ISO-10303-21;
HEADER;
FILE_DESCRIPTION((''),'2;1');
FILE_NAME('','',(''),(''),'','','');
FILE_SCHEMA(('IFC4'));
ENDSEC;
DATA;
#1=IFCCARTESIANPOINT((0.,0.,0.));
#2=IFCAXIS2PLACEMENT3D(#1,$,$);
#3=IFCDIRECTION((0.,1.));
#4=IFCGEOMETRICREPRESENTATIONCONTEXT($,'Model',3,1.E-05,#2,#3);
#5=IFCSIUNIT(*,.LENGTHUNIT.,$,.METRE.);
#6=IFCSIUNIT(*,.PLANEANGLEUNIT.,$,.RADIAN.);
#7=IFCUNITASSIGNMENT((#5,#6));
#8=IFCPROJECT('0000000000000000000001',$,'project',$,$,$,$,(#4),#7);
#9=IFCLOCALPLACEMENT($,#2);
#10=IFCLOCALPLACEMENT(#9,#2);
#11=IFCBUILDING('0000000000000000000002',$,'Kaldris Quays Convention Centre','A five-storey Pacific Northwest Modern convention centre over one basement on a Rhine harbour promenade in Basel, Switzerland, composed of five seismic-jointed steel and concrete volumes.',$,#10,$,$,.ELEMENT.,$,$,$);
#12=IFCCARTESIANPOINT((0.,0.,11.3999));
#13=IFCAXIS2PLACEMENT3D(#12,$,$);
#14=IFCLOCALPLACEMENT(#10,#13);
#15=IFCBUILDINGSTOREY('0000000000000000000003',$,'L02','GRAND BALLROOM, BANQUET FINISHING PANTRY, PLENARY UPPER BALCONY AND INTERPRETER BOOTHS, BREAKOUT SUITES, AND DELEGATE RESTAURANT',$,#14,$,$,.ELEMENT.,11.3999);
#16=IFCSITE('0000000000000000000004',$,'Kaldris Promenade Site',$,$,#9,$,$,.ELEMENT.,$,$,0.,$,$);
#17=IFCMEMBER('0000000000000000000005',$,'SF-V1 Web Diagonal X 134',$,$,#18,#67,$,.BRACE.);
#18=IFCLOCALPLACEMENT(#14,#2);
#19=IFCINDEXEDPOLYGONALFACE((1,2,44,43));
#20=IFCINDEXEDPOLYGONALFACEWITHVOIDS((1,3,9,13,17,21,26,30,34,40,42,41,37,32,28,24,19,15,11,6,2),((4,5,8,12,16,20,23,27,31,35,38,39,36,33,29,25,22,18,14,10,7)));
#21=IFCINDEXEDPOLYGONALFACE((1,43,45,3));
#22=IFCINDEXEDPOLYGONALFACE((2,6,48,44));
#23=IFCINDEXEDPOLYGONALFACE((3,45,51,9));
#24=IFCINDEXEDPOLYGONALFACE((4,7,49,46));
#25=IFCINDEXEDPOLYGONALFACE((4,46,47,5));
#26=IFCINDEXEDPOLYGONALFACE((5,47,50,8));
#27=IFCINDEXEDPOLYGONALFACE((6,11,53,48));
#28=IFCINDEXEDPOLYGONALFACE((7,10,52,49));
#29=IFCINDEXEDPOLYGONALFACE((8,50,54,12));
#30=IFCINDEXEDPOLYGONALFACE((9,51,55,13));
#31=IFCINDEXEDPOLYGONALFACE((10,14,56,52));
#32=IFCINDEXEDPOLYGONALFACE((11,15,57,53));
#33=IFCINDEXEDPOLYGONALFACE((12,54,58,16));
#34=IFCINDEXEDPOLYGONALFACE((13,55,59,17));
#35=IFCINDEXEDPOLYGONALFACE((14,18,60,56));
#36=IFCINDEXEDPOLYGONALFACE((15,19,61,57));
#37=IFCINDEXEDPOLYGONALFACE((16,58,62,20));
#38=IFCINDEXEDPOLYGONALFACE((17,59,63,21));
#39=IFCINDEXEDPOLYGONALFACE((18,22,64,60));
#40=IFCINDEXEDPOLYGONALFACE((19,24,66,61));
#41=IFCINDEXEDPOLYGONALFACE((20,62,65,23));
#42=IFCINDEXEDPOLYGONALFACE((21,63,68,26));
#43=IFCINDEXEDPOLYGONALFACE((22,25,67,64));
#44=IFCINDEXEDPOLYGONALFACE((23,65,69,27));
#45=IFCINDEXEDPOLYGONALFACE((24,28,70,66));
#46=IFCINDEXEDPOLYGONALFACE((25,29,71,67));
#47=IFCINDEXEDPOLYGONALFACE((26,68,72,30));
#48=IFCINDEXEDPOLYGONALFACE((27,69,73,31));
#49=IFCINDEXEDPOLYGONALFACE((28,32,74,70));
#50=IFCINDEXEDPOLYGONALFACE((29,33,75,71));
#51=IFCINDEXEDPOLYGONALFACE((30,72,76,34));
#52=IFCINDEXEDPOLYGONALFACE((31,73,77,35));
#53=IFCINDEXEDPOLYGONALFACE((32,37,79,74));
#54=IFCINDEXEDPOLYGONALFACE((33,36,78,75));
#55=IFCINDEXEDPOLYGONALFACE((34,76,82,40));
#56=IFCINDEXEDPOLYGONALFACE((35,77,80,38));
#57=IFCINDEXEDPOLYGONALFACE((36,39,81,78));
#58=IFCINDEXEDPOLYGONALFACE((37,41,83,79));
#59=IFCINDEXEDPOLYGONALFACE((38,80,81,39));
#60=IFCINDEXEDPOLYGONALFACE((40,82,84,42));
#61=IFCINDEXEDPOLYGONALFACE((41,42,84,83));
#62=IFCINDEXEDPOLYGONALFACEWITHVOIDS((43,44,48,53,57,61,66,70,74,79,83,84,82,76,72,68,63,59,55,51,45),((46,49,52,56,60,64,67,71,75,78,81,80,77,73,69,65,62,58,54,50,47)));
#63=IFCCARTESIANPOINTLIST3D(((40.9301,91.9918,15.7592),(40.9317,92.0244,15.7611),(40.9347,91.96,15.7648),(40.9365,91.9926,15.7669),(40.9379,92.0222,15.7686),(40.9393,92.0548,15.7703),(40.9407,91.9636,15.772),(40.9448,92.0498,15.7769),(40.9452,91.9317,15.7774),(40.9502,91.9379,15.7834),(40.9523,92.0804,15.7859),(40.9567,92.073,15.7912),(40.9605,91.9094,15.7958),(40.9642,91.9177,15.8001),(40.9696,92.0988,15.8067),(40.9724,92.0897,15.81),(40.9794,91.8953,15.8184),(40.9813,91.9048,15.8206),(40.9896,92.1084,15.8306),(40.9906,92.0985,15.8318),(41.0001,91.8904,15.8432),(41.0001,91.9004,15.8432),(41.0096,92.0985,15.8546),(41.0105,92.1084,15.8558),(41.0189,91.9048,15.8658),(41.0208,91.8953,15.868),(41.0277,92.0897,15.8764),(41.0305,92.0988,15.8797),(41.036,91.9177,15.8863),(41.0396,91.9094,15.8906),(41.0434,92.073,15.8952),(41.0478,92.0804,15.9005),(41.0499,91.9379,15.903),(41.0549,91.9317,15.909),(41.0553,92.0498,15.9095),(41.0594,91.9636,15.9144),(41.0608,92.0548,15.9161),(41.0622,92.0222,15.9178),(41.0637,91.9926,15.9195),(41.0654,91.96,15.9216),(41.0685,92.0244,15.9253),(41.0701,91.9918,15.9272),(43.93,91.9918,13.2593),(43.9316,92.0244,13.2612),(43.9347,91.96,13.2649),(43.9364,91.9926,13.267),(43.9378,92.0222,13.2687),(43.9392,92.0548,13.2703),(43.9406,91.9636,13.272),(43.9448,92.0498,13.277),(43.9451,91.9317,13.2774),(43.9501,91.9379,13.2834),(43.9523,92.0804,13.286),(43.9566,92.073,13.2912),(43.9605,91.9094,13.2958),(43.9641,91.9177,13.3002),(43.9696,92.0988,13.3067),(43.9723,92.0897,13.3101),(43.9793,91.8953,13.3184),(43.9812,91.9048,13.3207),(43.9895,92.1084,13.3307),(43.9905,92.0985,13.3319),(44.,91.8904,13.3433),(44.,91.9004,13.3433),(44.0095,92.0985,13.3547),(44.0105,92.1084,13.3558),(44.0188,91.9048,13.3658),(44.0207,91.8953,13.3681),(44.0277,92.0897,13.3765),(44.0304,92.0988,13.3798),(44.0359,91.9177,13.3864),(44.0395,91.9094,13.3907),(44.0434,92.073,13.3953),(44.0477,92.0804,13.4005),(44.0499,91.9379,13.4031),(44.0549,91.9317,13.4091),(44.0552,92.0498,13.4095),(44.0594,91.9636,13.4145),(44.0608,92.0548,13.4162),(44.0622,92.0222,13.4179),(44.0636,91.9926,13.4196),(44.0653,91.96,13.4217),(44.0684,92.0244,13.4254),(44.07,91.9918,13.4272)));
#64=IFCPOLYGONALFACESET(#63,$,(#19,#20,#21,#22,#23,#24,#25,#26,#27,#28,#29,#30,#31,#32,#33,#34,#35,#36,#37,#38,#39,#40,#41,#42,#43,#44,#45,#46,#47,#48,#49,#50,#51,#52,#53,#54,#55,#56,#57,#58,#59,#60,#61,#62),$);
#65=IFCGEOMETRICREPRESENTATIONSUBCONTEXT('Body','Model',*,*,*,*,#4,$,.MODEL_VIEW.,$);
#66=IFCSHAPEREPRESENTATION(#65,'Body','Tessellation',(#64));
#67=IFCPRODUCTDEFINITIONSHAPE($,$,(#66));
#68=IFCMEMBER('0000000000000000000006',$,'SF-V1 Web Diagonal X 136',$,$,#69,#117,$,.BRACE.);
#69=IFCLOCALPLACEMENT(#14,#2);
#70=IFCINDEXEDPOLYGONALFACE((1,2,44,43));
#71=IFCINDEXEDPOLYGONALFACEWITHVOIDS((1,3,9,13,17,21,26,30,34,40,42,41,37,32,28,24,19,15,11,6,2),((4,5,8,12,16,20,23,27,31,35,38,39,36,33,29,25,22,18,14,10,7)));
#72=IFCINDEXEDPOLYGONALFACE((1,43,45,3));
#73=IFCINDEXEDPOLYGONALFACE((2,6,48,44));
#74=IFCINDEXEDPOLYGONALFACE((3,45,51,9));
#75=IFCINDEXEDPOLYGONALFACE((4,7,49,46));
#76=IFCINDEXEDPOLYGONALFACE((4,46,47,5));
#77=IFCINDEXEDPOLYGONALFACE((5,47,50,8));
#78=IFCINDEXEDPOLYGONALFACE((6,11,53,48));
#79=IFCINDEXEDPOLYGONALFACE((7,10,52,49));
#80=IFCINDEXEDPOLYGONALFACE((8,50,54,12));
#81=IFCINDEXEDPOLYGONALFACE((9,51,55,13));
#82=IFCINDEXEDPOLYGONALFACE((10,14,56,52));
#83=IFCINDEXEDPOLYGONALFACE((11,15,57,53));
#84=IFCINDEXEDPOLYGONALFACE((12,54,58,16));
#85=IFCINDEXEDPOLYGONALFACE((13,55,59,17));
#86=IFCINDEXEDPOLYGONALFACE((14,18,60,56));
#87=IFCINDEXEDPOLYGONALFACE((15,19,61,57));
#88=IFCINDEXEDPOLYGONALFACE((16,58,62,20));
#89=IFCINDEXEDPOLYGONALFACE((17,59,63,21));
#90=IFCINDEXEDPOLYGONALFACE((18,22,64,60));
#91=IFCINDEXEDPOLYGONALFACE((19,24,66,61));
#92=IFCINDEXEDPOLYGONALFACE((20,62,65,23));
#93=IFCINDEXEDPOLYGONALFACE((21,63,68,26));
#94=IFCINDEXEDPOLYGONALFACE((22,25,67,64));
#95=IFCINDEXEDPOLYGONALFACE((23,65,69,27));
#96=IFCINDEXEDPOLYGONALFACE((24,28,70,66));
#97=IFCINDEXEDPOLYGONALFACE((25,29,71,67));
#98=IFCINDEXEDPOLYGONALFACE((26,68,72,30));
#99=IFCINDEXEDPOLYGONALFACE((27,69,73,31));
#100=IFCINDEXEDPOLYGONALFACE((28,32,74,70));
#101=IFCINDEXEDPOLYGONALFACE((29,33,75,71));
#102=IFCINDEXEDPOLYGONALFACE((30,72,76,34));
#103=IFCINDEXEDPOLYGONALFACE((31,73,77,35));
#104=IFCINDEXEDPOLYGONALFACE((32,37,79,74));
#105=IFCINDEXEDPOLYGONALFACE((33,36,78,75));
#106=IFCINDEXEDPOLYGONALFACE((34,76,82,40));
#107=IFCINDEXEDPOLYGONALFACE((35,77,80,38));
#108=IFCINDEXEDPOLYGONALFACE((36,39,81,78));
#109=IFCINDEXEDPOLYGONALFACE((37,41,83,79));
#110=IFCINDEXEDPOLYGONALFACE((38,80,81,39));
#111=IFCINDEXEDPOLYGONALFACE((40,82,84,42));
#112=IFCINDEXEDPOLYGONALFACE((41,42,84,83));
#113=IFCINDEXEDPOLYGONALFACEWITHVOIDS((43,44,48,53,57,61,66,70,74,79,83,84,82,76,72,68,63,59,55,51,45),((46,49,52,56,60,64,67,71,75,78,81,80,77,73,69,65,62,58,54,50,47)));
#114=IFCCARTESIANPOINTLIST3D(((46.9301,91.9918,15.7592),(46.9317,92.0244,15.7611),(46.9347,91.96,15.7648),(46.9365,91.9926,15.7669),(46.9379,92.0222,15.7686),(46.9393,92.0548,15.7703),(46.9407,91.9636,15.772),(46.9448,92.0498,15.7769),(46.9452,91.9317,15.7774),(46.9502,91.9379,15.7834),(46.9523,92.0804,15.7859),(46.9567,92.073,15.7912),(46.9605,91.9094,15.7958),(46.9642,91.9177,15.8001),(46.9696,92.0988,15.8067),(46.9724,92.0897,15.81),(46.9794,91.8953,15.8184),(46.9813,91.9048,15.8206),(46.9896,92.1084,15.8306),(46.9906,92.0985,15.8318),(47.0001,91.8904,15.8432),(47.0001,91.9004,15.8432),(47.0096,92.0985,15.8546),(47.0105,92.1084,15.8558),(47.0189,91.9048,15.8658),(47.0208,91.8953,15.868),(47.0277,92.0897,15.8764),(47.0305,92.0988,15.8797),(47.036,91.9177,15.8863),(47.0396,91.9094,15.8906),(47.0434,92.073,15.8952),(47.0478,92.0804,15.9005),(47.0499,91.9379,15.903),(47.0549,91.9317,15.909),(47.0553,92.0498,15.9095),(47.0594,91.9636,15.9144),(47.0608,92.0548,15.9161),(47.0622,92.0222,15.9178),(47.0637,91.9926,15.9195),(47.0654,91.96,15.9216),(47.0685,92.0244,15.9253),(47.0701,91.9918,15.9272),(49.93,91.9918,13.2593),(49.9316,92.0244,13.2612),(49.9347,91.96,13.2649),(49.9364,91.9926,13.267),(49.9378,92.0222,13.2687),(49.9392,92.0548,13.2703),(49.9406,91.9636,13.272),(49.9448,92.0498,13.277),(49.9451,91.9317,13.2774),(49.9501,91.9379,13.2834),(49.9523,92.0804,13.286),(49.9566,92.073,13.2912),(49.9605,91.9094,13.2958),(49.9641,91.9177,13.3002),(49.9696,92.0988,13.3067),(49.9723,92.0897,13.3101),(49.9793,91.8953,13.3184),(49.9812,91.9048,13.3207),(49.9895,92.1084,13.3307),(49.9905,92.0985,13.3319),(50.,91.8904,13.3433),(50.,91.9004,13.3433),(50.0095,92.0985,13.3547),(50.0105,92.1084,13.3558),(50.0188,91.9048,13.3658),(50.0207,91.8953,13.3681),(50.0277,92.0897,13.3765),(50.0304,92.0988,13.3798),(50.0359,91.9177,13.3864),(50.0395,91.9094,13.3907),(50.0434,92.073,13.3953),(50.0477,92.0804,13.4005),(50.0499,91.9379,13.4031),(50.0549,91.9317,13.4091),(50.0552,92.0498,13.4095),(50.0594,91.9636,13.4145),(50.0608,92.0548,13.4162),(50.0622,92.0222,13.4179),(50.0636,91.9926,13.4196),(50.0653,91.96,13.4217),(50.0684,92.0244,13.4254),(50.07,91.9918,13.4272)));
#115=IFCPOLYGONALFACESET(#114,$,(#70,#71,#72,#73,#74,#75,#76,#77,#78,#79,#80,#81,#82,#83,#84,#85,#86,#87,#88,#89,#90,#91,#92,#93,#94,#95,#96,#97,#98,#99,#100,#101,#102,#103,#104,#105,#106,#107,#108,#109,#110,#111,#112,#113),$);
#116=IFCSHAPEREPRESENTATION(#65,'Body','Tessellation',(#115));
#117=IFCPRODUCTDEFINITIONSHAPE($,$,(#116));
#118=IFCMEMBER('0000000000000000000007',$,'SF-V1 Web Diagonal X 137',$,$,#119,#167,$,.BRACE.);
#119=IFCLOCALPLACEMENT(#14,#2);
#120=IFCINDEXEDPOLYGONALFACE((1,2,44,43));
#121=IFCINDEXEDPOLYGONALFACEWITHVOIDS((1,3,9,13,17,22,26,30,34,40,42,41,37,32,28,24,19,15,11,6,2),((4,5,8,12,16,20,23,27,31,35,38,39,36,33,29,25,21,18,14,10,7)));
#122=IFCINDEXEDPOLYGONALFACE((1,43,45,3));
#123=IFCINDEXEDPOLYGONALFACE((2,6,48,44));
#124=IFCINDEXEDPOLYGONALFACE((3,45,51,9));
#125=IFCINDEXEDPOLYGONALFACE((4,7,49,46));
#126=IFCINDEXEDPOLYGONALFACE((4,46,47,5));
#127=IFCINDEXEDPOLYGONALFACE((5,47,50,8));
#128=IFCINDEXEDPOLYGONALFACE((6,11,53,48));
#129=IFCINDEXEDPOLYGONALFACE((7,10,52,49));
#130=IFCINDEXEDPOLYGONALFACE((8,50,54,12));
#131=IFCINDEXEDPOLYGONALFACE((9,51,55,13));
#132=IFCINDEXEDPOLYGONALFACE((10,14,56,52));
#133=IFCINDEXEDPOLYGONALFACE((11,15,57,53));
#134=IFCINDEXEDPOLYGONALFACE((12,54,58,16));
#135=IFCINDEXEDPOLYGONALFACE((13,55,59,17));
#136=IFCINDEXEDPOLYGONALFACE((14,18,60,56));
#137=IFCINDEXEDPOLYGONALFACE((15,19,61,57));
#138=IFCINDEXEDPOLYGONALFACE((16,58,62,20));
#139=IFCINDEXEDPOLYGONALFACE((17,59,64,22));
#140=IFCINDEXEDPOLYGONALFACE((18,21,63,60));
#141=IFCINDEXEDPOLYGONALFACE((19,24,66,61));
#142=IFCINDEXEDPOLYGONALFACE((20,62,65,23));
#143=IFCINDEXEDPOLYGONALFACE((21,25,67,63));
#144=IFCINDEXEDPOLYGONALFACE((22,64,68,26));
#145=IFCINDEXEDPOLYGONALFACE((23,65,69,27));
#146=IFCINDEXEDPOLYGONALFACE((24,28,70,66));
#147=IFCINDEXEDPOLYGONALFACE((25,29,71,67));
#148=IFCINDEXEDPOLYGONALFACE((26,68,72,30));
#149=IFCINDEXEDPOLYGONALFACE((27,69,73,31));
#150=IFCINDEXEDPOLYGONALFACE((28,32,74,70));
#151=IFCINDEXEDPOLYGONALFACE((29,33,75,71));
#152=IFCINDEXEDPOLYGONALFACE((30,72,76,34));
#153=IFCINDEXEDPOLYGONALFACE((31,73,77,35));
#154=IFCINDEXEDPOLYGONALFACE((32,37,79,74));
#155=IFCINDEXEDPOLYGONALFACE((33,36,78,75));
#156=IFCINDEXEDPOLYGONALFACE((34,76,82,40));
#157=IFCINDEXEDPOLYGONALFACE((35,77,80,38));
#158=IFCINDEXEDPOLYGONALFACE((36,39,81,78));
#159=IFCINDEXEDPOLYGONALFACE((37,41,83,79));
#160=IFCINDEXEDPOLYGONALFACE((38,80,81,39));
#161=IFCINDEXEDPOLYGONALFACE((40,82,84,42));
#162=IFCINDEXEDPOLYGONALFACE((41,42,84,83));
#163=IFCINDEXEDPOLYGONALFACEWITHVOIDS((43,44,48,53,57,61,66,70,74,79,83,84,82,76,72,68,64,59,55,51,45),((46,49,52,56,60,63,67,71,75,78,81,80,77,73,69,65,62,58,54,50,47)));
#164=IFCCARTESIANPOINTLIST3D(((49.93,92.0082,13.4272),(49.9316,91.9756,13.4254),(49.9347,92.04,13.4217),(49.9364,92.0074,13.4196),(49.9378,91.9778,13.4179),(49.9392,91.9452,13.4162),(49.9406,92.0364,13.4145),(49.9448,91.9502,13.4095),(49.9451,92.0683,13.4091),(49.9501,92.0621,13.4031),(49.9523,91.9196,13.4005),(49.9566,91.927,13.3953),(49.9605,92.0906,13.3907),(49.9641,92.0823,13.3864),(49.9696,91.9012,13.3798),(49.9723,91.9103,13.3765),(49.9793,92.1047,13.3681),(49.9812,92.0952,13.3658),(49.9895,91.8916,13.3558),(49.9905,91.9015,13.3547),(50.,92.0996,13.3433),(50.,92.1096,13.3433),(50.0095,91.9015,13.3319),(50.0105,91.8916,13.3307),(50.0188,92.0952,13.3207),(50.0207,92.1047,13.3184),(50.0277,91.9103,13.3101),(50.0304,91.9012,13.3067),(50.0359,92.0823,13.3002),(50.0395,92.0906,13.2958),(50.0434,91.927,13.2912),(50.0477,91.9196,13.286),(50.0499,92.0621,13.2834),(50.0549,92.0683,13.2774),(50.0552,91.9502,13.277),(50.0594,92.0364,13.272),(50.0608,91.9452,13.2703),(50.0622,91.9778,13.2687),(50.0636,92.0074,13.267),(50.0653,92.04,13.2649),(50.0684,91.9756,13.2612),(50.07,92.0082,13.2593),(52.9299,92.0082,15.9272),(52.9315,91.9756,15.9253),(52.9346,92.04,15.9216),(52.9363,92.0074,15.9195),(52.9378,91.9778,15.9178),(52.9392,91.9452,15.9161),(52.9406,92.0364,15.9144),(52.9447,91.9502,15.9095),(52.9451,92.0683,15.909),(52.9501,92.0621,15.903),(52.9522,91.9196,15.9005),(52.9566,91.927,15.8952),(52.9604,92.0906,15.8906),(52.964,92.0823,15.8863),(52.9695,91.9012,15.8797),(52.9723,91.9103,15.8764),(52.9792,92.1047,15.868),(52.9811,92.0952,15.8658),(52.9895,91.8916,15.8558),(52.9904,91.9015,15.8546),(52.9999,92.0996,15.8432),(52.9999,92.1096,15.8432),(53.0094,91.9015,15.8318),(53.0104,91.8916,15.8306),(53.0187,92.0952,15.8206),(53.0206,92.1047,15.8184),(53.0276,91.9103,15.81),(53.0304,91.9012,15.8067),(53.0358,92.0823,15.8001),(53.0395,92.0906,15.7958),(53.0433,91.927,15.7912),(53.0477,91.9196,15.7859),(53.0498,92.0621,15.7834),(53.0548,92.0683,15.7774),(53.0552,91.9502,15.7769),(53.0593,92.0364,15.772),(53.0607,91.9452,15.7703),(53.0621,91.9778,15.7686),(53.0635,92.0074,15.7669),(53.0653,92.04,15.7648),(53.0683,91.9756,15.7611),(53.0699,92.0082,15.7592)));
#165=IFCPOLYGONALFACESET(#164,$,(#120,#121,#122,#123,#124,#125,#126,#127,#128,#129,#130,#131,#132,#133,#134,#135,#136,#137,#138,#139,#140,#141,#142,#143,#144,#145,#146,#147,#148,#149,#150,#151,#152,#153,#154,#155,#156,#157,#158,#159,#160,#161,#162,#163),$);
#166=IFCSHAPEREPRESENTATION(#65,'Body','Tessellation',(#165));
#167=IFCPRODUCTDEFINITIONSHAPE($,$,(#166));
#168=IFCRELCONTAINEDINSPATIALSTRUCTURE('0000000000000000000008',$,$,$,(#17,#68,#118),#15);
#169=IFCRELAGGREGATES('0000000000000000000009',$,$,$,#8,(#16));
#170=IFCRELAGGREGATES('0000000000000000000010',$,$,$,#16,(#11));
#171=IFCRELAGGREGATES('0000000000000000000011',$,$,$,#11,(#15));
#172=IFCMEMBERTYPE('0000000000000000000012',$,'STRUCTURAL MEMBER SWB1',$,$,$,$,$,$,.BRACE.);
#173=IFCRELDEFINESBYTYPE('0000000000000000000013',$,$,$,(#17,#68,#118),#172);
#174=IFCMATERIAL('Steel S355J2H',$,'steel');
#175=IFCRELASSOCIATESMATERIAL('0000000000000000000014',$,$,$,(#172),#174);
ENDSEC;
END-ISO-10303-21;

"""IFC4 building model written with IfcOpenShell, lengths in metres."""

from ifc_helpers import new_model, si_unit, direction, frame, origin, origin_2d, place, context, subcontext, project, spatial, hollow_circle, extrude, material, material_profile, profile_set, type_object, element, save


model = new_model("IFC4")

# Units and contexts
model_context = context("Model", 3, precision=1e-05, world=origin(), true_north=direction((0.0, 1.0)))
body_context = subcontext(model_context, "Body", "Model", "MODEL_VIEW")
ifc_project = project(units=[si_unit("LENGTHUNIT", "METRE"), si_unit("PLANEANGLEUNIT", "RADIAN")], contexts=[model_context])

# Site, building, storey
site_placement = place(None, origin())
site = spatial("IfcSite", under=ifc_project, at=site_placement, Name="Kaldris Promenade Site", CompositionType="ELEMENT", RefElevation=0.0)
building_placement = place(site_placement, origin())
building = spatial("IfcBuilding", under=site, at=building_placement, Name="Kaldris Quays Convention Centre", Description="A five-storey Pacific Northwest Modern convention centre over one basement on a Rhine harbour promenade in Basel, Switzerland, composed of five seismic-jointed steel and concrete volumes.", CompositionType="ELEMENT")
storey_placement = place(building_placement, frame((0.0, 0.0, 11.3999)))
storey = spatial("IfcBuildingStorey", under=building, at=storey_placement, Name="L02", Description="GRAND BALLROOM, BANQUET FINISHING PANTRY, PLENARY UPPER BALCONY AND INTERPRETER BOOTHS, BREAKOUT SUITES, AND DELEGATE RESTAURANT", CompositionType="ELEMENT", Elevation=11.3999)

# Members
ifc_material = material(Name="Steel S355J2H", Category="steel")
ifc_material_profile_1 = material_profile(ifc_material, hollow_circle(Radius=0.1096, WallThickness=0.01, at=origin_2d()), Name="CHS 219.1x10")
ifc_profile_set_1 = profile_set([ifc_material_profile_1], Name="Steel S355J2H")
member_type_1 = type_object("IfcMemberType", Name="STRUCTURAL MEMBER SWB1", PredefinedType="BRACE", material=ifc_profile_set_1)
for number, where, z_axis, x_axis, name in (
    (1, (44.0, 92.0, 13.3433), (-0.768221, 0.0, 0.640184), (0.0, -1.0, 0.0), "SF-V1 Web Diagonal X 134"),
    (2, (50.0, 92.0, 13.3433), (-0.768221, 0.0, 0.640184), (0.0, -1.0, 0.0), "SF-V1 Web Diagonal X 136"),
    (3, (50.0, 92.0, 13.3433), (0.768221, 0.0, 0.640184), (0.0, 1.0, 0.0), "SF-V1 Web Diagonal X 137"),
):
    element("IfcMember", number, at=place(storey_placement, frame(where, z_axis=z_axis, x_axis=x_axis)), inside=storey, type_object=member_type_1, Name=name, PredefinedType="BRACE", context=body_context, shape_type="SweptSolid", body=[
        extrude(hollow_circle(Radius=0.1096, WallThickness=0.01, at=origin_2d()), origin(), (0.0, 0.0, 1.0), 3.905),
    ])

save(model, "model.ifc")
